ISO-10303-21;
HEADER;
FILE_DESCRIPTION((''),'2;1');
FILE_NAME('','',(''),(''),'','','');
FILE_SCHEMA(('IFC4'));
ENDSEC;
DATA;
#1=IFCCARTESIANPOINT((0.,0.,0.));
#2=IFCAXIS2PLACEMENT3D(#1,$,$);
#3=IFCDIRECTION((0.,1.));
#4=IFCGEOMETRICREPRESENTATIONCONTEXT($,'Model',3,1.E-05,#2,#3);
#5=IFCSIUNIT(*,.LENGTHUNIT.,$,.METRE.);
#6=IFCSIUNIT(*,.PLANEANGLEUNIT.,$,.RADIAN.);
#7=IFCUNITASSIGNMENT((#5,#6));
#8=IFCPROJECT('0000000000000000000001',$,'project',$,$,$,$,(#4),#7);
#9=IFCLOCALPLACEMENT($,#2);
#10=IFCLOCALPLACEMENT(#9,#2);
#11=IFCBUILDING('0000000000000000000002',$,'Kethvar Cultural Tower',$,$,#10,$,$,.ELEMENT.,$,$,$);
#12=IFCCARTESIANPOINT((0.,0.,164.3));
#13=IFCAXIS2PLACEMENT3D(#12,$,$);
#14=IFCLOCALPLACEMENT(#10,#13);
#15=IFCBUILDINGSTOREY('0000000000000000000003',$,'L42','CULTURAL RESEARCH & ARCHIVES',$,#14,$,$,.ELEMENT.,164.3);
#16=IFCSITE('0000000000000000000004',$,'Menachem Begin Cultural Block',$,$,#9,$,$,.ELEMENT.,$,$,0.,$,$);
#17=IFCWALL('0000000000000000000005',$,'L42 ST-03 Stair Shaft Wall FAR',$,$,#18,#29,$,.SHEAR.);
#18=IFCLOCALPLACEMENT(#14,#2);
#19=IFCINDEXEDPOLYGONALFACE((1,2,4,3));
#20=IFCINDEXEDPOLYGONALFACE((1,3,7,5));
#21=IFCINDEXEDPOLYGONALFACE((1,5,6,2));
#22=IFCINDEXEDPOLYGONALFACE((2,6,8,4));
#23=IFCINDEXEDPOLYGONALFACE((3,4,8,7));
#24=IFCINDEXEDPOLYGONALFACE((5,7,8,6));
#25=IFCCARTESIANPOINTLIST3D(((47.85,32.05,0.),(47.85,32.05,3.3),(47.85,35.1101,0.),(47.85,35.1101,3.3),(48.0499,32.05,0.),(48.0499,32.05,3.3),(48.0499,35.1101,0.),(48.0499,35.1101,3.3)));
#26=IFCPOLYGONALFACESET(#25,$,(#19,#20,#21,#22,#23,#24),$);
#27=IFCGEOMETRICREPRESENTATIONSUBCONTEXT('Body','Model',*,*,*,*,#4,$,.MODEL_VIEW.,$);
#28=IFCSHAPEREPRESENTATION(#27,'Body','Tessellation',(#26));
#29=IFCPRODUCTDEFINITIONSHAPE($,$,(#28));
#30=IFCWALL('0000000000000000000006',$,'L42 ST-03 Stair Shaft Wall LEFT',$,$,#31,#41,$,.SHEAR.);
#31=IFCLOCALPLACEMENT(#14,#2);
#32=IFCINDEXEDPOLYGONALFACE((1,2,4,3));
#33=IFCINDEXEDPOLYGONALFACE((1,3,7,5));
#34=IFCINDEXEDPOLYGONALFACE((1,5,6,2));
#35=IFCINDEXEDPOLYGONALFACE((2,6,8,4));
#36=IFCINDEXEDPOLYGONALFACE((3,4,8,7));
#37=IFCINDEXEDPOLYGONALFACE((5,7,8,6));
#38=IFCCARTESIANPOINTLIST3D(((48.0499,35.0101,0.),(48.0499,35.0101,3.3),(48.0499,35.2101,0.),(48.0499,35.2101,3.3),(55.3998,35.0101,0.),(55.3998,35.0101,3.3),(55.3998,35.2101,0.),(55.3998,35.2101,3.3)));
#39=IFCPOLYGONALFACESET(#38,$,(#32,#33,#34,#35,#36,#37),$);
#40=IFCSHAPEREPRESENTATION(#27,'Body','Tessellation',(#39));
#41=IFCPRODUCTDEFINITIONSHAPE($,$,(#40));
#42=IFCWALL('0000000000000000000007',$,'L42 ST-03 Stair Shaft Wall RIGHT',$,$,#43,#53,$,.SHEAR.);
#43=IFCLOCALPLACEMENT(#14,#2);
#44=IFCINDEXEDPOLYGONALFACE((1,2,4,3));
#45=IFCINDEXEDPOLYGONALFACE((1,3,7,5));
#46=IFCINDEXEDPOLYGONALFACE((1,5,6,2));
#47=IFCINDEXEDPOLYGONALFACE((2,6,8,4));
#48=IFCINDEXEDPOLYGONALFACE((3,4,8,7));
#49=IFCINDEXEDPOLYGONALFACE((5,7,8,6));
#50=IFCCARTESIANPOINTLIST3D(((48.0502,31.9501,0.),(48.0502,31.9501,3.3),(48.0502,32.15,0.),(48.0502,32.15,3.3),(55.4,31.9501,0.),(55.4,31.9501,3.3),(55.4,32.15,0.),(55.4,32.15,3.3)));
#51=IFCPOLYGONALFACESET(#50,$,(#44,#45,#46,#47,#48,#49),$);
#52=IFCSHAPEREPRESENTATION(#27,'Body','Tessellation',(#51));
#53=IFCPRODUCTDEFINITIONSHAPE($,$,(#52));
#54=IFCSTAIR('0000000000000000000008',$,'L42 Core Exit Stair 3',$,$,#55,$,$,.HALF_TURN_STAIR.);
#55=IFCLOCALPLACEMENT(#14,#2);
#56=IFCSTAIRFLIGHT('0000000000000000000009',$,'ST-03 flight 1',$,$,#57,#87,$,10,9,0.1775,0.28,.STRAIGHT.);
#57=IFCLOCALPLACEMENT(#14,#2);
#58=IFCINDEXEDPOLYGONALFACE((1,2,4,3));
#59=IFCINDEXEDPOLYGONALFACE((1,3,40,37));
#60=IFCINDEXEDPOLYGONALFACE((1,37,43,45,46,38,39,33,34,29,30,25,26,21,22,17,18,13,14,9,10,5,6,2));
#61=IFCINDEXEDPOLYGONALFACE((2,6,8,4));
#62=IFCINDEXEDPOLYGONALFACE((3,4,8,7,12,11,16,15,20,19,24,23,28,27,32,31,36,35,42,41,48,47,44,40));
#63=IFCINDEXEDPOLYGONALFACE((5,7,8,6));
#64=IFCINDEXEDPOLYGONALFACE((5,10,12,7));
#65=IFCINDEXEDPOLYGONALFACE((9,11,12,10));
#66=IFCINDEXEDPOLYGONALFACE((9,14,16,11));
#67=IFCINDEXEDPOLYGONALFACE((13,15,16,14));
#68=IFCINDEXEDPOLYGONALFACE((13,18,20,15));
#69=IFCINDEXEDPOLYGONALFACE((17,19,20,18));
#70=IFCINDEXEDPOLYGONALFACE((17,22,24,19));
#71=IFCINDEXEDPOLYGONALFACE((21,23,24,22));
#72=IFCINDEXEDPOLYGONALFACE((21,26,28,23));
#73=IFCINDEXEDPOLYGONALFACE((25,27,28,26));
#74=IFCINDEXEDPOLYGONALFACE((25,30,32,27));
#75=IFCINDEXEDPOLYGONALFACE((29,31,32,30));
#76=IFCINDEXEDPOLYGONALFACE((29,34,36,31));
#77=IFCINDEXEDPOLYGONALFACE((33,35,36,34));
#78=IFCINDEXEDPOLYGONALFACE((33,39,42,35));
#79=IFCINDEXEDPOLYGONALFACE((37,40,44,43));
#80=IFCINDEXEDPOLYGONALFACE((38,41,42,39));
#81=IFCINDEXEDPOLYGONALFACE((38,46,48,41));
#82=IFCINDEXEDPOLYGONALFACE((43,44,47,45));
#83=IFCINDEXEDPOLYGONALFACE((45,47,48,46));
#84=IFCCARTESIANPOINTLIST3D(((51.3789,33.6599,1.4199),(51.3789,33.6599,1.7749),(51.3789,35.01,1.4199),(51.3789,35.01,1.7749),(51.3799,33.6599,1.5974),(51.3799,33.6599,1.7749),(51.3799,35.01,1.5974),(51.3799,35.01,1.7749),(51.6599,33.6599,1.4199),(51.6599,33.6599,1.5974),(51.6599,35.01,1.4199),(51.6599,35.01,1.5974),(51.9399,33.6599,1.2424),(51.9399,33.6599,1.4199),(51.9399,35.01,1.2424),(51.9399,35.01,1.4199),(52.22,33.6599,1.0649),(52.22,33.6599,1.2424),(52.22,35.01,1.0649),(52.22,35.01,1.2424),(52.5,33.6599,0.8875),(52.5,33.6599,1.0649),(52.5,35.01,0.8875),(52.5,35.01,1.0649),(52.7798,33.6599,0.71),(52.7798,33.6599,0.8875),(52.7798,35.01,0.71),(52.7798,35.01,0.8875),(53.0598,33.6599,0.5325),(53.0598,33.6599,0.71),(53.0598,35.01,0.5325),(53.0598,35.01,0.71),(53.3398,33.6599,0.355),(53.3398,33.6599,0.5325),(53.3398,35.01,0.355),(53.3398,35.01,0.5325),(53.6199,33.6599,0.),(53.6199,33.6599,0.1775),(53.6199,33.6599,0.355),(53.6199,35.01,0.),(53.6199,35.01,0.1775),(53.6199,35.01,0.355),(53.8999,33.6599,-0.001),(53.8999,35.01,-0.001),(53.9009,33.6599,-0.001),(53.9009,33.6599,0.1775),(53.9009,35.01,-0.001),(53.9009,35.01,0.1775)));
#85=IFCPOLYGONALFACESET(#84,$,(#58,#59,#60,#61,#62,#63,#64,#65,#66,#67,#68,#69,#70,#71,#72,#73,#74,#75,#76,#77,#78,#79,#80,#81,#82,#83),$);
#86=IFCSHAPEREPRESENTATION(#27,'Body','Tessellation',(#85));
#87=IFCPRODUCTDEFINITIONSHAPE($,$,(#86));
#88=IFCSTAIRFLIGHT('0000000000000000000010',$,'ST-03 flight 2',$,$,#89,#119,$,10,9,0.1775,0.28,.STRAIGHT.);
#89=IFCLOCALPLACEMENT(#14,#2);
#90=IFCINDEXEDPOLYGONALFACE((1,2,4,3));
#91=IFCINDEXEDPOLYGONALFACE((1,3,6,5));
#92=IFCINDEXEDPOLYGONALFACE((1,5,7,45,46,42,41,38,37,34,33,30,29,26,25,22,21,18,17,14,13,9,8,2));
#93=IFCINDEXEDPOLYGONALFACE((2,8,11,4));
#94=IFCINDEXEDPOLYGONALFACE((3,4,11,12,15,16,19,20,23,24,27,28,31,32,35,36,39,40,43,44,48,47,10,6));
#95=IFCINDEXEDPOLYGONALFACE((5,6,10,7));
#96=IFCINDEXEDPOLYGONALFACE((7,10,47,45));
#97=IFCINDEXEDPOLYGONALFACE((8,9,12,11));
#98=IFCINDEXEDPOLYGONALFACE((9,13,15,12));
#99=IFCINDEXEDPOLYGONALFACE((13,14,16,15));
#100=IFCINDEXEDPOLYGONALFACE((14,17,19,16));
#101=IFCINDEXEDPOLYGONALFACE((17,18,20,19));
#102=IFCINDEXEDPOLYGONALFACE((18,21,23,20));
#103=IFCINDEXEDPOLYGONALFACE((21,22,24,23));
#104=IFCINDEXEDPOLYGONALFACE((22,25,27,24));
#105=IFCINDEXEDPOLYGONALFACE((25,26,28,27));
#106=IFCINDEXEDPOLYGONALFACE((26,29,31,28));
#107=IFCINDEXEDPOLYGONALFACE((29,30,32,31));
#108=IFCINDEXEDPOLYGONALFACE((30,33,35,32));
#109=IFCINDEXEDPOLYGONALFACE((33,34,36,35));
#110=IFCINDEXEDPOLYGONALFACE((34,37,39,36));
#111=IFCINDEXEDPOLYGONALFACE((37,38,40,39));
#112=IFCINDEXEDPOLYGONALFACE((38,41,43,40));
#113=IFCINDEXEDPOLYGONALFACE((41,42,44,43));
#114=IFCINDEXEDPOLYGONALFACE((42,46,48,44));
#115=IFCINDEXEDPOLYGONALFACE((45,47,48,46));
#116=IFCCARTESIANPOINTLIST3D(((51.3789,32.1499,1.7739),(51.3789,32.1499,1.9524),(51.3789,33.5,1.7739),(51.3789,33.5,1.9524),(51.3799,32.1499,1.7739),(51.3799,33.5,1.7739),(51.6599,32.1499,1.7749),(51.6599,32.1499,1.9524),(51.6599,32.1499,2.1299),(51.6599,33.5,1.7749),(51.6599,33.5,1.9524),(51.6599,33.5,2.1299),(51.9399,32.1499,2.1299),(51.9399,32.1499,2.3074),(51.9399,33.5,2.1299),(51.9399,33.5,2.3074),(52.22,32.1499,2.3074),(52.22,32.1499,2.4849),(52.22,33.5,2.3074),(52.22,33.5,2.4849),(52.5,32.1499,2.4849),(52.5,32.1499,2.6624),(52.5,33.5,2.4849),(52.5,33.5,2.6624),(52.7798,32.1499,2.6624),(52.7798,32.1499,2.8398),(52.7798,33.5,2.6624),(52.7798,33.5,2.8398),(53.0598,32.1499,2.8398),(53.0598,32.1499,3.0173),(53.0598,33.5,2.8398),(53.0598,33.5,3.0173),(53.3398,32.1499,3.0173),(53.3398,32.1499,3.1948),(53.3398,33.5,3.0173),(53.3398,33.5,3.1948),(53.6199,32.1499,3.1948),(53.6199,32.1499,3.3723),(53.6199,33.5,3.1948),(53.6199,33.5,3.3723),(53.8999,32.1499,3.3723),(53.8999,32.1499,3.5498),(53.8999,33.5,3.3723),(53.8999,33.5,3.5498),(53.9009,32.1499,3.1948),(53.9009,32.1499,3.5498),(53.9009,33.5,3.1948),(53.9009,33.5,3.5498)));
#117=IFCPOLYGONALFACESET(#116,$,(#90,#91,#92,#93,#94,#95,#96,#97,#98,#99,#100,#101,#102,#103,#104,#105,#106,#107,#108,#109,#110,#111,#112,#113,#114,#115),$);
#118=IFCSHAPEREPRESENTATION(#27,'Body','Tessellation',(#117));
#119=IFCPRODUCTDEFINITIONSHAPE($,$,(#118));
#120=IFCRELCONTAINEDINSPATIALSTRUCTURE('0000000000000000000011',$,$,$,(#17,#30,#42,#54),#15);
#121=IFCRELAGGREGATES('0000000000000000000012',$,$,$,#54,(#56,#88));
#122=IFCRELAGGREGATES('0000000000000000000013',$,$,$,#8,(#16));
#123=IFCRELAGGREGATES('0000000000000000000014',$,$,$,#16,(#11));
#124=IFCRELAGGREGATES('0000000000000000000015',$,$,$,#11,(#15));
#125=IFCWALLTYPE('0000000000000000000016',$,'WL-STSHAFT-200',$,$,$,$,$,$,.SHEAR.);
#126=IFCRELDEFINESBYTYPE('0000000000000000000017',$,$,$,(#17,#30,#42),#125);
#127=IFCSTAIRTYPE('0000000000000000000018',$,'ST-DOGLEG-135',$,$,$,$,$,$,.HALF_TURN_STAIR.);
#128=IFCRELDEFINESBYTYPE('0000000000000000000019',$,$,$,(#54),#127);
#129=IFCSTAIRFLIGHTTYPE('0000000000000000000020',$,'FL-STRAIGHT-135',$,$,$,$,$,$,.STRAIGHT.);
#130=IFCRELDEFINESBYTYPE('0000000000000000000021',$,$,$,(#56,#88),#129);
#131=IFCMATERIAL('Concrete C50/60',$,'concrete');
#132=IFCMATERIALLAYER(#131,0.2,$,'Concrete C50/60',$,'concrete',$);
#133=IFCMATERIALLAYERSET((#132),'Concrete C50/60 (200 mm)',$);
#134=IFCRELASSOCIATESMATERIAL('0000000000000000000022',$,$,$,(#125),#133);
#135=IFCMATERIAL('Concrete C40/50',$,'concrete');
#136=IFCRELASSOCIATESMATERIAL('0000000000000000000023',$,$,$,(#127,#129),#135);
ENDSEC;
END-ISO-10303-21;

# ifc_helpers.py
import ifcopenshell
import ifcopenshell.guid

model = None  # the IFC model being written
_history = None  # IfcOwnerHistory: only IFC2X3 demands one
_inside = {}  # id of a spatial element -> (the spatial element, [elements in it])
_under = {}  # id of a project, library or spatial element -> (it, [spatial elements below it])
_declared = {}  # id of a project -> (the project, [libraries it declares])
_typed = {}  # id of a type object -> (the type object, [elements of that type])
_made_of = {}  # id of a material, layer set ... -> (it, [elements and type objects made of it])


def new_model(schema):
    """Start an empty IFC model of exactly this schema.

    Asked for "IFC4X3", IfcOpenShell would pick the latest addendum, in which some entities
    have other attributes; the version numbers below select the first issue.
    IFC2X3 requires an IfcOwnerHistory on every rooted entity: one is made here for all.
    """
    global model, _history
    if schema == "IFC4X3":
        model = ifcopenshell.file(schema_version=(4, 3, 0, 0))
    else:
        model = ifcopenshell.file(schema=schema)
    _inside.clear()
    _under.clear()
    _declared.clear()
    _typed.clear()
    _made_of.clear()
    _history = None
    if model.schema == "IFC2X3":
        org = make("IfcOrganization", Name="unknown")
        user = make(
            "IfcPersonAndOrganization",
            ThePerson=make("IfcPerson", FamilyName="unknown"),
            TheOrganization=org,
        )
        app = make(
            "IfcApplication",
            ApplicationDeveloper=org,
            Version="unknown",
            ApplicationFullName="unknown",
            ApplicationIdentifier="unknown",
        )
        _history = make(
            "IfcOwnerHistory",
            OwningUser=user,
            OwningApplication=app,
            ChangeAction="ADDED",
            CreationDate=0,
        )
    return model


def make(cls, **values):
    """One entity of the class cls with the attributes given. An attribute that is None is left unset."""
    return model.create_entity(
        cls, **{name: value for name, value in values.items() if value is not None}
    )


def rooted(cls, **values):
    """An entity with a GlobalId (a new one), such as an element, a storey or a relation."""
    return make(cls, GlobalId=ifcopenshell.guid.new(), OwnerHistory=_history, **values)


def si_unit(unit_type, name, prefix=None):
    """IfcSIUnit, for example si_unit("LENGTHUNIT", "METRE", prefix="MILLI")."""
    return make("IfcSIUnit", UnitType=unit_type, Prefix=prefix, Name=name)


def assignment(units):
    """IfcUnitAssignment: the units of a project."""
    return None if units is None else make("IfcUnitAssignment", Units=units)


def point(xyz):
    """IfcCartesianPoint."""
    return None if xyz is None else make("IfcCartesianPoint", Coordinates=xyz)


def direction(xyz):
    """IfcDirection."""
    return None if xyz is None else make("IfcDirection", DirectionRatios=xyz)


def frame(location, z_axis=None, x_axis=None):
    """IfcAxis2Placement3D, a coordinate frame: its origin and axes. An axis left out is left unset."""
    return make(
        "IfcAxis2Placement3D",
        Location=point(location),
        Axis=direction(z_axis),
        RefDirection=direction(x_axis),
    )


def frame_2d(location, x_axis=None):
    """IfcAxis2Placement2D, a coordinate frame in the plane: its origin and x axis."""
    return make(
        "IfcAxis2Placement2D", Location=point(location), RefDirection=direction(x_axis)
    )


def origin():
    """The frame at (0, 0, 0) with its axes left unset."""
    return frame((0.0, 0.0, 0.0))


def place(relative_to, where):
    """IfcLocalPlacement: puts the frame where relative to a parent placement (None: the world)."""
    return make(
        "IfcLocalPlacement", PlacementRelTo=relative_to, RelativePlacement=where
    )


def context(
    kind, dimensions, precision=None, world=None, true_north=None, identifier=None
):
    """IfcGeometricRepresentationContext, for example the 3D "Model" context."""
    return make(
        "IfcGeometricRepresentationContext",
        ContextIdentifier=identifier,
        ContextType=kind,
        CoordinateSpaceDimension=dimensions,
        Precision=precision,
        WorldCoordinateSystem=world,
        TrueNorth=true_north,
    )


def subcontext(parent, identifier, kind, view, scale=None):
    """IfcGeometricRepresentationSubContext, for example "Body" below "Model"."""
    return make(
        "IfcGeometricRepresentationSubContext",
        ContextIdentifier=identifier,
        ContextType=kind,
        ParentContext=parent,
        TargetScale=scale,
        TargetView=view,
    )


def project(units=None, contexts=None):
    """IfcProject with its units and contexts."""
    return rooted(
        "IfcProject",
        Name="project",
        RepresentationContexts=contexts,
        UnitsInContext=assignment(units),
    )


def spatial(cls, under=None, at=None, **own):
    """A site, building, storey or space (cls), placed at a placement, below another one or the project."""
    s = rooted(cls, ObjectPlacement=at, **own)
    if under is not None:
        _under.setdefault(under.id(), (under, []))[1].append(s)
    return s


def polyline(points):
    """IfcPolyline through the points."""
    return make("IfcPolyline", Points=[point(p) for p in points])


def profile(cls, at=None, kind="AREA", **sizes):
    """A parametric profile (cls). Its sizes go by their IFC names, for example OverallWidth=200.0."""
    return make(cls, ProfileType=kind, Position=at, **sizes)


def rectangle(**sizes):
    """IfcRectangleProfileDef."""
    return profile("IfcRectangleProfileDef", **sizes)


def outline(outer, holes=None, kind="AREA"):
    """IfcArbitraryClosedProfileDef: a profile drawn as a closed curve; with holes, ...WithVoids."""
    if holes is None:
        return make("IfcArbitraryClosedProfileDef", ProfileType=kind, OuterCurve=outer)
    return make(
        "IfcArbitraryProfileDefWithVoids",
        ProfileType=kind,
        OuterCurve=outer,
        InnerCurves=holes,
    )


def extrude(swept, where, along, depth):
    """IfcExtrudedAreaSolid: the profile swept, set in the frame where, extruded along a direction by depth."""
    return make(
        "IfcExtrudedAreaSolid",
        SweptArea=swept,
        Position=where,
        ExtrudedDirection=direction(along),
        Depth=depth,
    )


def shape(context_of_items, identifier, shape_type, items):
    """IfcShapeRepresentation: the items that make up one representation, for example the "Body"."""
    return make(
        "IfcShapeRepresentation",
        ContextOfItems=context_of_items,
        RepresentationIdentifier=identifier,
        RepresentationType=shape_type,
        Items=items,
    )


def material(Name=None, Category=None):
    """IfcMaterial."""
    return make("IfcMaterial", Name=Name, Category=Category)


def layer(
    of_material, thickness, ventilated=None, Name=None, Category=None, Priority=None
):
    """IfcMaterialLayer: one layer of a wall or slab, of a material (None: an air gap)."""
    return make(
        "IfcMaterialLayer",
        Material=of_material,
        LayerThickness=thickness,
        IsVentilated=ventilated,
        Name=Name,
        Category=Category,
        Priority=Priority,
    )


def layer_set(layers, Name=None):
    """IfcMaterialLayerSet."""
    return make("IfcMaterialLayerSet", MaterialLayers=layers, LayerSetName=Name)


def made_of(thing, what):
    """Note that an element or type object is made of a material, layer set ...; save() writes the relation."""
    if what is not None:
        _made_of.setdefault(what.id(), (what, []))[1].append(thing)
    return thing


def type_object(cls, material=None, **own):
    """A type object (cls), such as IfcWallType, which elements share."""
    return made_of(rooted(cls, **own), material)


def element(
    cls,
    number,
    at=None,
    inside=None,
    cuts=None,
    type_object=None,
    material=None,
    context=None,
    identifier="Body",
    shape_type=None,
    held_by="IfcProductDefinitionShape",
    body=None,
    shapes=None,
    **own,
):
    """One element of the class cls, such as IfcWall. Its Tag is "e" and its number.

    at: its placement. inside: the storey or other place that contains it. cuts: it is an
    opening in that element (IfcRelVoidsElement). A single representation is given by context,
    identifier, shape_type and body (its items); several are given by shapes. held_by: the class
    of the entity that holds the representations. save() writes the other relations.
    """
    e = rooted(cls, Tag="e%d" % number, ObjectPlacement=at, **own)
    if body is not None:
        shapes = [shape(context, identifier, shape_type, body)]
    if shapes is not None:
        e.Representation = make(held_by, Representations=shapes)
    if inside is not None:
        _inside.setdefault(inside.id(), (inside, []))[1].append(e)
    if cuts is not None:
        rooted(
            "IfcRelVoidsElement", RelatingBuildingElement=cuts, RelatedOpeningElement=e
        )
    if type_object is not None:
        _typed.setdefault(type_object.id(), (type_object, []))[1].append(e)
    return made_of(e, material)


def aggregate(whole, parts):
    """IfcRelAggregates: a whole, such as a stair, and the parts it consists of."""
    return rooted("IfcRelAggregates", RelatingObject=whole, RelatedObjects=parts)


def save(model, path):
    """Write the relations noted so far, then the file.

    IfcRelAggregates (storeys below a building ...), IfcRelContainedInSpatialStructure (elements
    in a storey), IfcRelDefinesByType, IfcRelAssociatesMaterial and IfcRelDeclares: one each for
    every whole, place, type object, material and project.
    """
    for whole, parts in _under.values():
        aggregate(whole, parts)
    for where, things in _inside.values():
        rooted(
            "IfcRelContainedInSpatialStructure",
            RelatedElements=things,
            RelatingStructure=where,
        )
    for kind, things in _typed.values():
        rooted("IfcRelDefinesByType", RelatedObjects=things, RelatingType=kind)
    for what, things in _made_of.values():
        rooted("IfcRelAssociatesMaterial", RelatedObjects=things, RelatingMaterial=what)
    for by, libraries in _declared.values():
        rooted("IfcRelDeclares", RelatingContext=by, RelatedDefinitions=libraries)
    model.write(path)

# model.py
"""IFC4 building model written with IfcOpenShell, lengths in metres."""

from ifc_helpers import new_model, si_unit, direction, frame, frame_2d, origin, place, context, subcontext, project, spatial, polyline, rectangle, outline, extrude, material, layer, layer_set, type_object, element, aggregate, save


model = new_model("IFC4")

# Units and contexts
model_context = context("Model", 3, precision=1e-05, world=origin(), true_north=direction((0.0, 1.0)))
body_context = subcontext(model_context, "Body", "Model", "MODEL_VIEW")
ifc_project = project(units=[si_unit("LENGTHUNIT", "METRE"), si_unit("PLANEANGLEUNIT", "RADIAN")], contexts=[model_context])

# Site, building, storey
site_placement = place(None, origin())
site = spatial("IfcSite", under=ifc_project, at=site_placement, Name="Menachem Begin Cultural Block", CompositionType="ELEMENT", RefElevation=0.0)
building_placement = place(site_placement, origin())
building = spatial("IfcBuilding", under=site, at=building_placement, Name="Kethvar Cultural Tower", CompositionType="ELEMENT")
storey_placement = place(building_placement, frame((0.0, 0.0, 164.3)))
storey = spatial("IfcBuildingStorey", under=building, at=storey_placement, Name="L42", Description="CULTURAL RESEARCH & ARCHIVES", CompositionType="ELEMENT", Elevation=164.3)

# Walls
ifc_material_1 = material(Name="Concrete C40/50", Category="concrete")
ifc_material_2 = material(Name="Concrete C50/60", Category="concrete")
ifc_layer_1 = layer(ifc_material_2, 0.2, Name="Concrete C50/60", Category="concrete")
ifc_layer_set_1 = layer_set([ifc_layer_1], Name="Concrete C50/60 (200 mm)")
wall_type_1 = type_object("IfcWallType", Name="WL-STSHAFT-200", PredefinedType="SHEAR", material=ifc_layer_set_1)
wall_1_placement = place(storey_placement, frame((47.95, 32.05, 0.0), z_axis=(0.0, 0.0, 1.0), x_axis=(0.0, 1.0, 0.0)))
element("IfcWall", 1, at=wall_1_placement, inside=storey, type_object=wall_type_1, Name="L42 ST-03 Stair Shaft Wall FAR", PredefinedType="SHEAR", context=body_context, shape_type="SweptSolid", body=[
    extrude(rectangle(XDim=3.0601, YDim=0.2, at=frame_2d((1.53, 0.0))), origin(), (0.0, 0.0, 1.0), 3.3),
])
for number, where, z_axis, x_axis, name in (
    (2, (48.05, 35.1101, 0.0), (0.0, 0.0, 1.0), (1.0, 0.0, 0.0), "L42 ST-03 Stair Shaft Wall LEFT"),
    (3, (55.3999, 32.05, 0.0), (0.0, 0.0, 1.0), (-1.0, 0.0, 0.0), "L42 ST-03 Stair Shaft Wall RIGHT"),
):
    element("IfcWall", number, at=place(storey_placement, frame(where, z_axis=z_axis, x_axis=x_axis)), inside=storey, type_object=wall_type_1, Name=name, PredefinedType="SHEAR", context=body_context, shape_type="SweptSolid", body=[
        extrude(rectangle(XDim=7.3499, YDim=0.2, at=frame_2d((3.6748, 0.0))), origin(), (0.0, 0.0, 1.0), 3.3),
    ])

# Stair, stair flights
stair_type = type_object("IfcStairType", Name="ST-DOGLEG-135", PredefinedType="HALF_TURN_STAIR", material=ifc_material_1)
stair_placement = place(storey_placement, origin())
stair = element("IfcStair", 4, at=stair_placement, inside=storey, type_object=stair_type, Name="L42 Core Exit Stair 3", PredefinedType="HALF_TURN_STAIR")
stair_flight_type = type_object("IfcStairFlightType", Name="FL-STRAIGHT-135", PredefinedType="STRAIGHT", material=ifc_material_1)
stair_flight_1_placement = place(storey_placement, frame((53.8999, 34.335, 0.0), z_axis=(0.0, 0.0, 1.0), x_axis=(-1.0, 0.0, 0.0)))
stair_flight_1 = element("IfcStairFlight", 5, at=stair_flight_1_placement, type_object=stair_flight_type, Name="ST-03 flight 1", NumberOfRisers=10, NumberOfTreads=9, PredefinedType="STRAIGHT", RiserHeight=0.1775, TreadLength=0.28, context=body_context, shape_type="SweptSolid", body=[
    extrude(outline(polyline([(-0.001, -0.001), (-0.001, 0.1775), (0.28, 0.1775), (0.28, 0.355), (0.5601, 0.355), (0.5601, 0.5325), (0.8401, 0.5325), (0.8401, 0.71), (1.1201, 0.71), (1.1201, 0.8875), (1.3999, 0.8875), (1.3999, 1.0649), (1.6799, 1.0649), (1.6799, 1.2424), (1.96, 1.2424), (1.96, 1.4199), (2.24, 1.4199), (2.24, 1.5974), (2.52, 1.5974), (2.52, 1.7749), (2.521, 1.7749), (2.521, 1.4199), (0.28, 0.0), (0.0, -0.001), (-0.001, -0.001)])), frame((0.0, 0.675, 0.0), z_axis=(0.0, -1.0, 0.0), x_axis=(1.0, 0.0, 0.0)), (0.0, 0.0, 1.0), 1.3501),
])
stair_flight_2_placement = place(storey_placement, frame((51.3799, 32.825, 1.7749), z_axis=(0.0, 0.0, 1.0), x_axis=(1.0, 0.0, 0.0)))
stair_flight_2 = element("IfcStairFlight", 6, at=stair_flight_2_placement, type_object=stair_flight_type, Name="ST-03 flight 2", NumberOfRisers=10, NumberOfTreads=9, PredefinedType="STRAIGHT", RiserHeight=0.1775, TreadLength=0.28, context=body_context, shape_type="SweptSolid", body=[
    extrude(outline(polyline([(-0.001, -0.001), (-0.001, 0.1775), (0.28, 0.1775), (0.28, 0.355), (0.5601, 0.355), (0.5601, 0.5325), (0.8401, 0.5325), (0.8401, 0.71), (1.1201, 0.71), (1.1201, 0.8875), (1.3999, 0.8875), (1.3999, 1.0649), (1.6799, 1.0649), (1.6799, 1.2424), (1.96, 1.2424), (1.96, 1.4199), (2.24, 1.4199), (2.24, 1.5974), (2.52, 1.5974), (2.52, 1.7749), (2.521, 1.7749), (2.521, 1.4199), (0.28, 0.0), (0.0, -0.001), (-0.001, -0.001)])), frame((0.0, 0.675, 0.0), z_axis=(0.0, -1.0, 0.0), x_axis=(1.0, 0.0, 0.0)), (0.0, 0.0, 1.0), 1.3501),
])
aggregate(stair, [stair_flight_1, stair_flight_2])

save(model, "model.ifc")
